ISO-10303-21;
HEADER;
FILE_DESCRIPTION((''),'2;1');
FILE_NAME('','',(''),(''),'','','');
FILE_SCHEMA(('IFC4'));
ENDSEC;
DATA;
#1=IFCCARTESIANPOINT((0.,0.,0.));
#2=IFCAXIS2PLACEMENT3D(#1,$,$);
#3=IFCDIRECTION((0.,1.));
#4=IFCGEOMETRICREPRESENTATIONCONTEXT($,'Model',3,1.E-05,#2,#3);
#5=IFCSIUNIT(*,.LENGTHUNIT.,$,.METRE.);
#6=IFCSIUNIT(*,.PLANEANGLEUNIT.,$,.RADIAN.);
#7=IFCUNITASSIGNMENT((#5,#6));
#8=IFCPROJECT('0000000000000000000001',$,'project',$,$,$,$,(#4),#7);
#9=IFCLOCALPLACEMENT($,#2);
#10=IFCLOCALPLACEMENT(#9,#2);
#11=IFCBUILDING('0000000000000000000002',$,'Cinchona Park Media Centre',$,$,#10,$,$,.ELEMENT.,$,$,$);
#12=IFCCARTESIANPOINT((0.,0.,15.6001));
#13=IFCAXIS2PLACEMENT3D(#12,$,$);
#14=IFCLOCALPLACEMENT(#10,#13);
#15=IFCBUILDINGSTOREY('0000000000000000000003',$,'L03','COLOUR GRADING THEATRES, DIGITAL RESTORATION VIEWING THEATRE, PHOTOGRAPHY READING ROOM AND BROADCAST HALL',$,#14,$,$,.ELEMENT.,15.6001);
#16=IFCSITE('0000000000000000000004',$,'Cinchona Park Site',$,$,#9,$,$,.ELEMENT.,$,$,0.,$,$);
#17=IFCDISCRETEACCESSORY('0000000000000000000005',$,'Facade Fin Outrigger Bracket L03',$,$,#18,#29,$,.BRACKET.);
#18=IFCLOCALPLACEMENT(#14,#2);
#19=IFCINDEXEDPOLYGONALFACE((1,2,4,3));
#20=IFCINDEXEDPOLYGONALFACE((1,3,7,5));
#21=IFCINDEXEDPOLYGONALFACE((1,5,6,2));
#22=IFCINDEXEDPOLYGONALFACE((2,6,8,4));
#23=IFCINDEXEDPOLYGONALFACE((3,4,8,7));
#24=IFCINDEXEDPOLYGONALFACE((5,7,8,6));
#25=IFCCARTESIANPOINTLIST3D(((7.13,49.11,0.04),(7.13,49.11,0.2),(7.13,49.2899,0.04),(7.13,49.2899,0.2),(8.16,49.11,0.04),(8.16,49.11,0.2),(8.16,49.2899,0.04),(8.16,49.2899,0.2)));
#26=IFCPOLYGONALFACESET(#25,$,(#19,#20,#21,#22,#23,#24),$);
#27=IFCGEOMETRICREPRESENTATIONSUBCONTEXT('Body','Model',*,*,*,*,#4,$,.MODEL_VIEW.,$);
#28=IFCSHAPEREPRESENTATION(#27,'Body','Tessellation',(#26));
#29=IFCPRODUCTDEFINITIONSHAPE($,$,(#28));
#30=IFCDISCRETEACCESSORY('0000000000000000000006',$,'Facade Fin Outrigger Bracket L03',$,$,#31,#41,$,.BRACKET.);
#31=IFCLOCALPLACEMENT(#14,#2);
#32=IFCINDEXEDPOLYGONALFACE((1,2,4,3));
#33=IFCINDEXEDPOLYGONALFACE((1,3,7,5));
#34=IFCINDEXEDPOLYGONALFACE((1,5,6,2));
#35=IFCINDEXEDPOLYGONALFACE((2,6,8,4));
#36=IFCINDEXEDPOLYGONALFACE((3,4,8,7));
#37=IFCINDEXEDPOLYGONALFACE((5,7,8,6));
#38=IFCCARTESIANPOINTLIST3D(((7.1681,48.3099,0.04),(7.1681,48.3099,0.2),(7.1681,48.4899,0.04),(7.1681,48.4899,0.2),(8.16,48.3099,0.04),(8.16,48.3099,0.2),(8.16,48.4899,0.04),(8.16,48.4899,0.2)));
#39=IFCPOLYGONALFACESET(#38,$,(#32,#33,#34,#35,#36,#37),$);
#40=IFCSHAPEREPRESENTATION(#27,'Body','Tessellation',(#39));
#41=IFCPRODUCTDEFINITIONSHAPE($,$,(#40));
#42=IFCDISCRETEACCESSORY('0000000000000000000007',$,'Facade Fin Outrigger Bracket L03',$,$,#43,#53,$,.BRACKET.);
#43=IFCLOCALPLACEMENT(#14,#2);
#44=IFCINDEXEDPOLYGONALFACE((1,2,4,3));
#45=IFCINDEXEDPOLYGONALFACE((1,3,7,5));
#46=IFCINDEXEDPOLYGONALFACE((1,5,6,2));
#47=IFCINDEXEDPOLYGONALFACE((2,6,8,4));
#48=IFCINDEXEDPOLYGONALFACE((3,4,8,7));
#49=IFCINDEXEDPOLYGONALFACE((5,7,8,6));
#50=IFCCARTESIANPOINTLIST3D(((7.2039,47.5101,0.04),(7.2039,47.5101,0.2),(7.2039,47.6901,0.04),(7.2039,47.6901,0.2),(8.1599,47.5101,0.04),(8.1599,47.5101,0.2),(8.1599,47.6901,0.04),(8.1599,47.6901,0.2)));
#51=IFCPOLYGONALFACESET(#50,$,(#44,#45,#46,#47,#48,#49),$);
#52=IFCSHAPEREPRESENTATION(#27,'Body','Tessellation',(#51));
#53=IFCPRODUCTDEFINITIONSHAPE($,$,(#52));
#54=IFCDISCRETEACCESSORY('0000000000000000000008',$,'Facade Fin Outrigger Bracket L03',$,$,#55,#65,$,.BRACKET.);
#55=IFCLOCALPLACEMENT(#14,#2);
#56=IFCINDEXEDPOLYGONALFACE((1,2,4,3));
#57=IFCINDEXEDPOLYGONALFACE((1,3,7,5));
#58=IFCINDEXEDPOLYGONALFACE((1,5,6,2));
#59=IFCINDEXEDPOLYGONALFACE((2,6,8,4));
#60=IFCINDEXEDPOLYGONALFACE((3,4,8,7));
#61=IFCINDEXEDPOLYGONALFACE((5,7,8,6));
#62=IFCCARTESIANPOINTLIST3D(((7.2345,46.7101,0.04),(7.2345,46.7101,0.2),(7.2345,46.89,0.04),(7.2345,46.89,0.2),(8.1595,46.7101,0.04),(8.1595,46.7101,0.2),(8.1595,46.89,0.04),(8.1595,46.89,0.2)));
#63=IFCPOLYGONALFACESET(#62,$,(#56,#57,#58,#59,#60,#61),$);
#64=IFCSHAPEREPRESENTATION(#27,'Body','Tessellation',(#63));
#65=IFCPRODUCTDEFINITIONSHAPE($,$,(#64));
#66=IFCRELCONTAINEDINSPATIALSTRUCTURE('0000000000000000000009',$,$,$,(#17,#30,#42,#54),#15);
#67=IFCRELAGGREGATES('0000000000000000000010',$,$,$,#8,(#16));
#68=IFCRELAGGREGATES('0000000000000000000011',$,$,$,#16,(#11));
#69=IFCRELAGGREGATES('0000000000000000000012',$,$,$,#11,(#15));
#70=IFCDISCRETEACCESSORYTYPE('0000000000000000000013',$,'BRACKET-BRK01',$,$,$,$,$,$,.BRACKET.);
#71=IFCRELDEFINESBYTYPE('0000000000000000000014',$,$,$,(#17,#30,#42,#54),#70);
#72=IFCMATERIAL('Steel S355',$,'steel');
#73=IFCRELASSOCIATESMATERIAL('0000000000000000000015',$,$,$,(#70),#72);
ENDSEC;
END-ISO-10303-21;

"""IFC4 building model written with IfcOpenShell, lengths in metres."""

from ifc_helpers import new_model, si_unit, direction, frame, origin, origin_2d, place, context, subcontext, project, spatial, rectangle, extrude, material, type_object, element, save


model = new_model("IFC4")

# Units and contexts
model_context = context("Model", 3, precision=1e-05, world=origin(), true_north=direction((0.0, 1.0)))
body_context = subcontext(model_context, "Body", "Model", "MODEL_VIEW")
ifc_project = project(units=[si_unit("LENGTHUNIT", "METRE"), si_unit("PLANEANGLEUNIT", "RADIAN")], contexts=[model_context])

# Site, building, storey
site_placement = place(None, origin())
site = spatial("IfcSite", under=ifc_project, at=site_placement, Name="Cinchona Park Site", CompositionType="ELEMENT", RefElevation=0.0)
building_placement = place(site_placement, origin())
building = spatial("IfcBuilding", under=site, at=building_placement, Name="Cinchona Park Media Centre", CompositionType="ELEMENT")
storey_placement = place(building_placement, frame((0.0, 0.0, 15.6001)))
storey = spatial("IfcBuildingStorey", under=building, at=storey_placement, Name="L03", Description="COLOUR GRADING THEATRES, DIGITAL RESTORATION VIEWING THEATRE, PHOTOGRAPHY READING ROOM AND BROADCAST HALL", CompositionType="ELEMENT", Elevation=15.6001)

# Discrete accessories
ifc_material_1 = material(Name="Steel S355", Category="steel")
discrete_accessory_type = type_object("IfcDiscreteAccessoryType", Name="BRACKET-BRK01", PredefinedType="BRACKET", material=ifc_material_1)
discrete_accessory_1_placement = place(storey_placement, frame((7.645, 49.2, 0.04), z_axis=(0.0, 0.0, 1.0), x_axis=(0.0, -1.0, 0.0)))
element("IfcDiscreteAccessory", 1, at=discrete_accessory_1_placement, inside=storey, type_object=discrete_accessory_type, Name="Facade Fin Outrigger Bracket L03", PredefinedType="BRACKET", context=body_context, shape_type="SweptSolid", body=[
    extrude(rectangle(XDim=0.1799, YDim=1.03, at=origin_2d()), origin(), (0.0, 0.0, 1.0), 0.1599),
])
discrete_accessory_2_placement = place(storey_placement, frame((7.6641, 48.3999, 0.04), z_axis=(0.0, 0.0, 1.0), x_axis=(0.0, -1.0, 0.0)))
element("IfcDiscreteAccessory", 2, at=discrete_accessory_2_placement, inside=storey, type_object=discrete_accessory_type, Name="Facade Fin Outrigger Bracket L03", PredefinedType="BRACKET", context=body_context, shape_type="SweptSolid", body=[
    extrude(rectangle(XDim=0.1799, YDim=0.9919, at=origin_2d()), origin(), (0.0, 0.0, 1.0), 0.1599),
])
discrete_accessory_3_placement = place(storey_placement, frame((7.6819, 47.6001, 0.04), z_axis=(0.0, 0.0, 1.0), x_axis=(0.0, -1.0, 0.0)))
element("IfcDiscreteAccessory", 3, at=discrete_accessory_3_placement, inside=storey, type_object=discrete_accessory_type, Name="Facade Fin Outrigger Bracket L03", PredefinedType="BRACKET", context=body_context, shape_type="SweptSolid", body=[
    extrude(rectangle(XDim=0.1799, YDim=0.9561, at=origin_2d()), origin(), (0.0, 0.0, 1.0), 0.1599),
])
discrete_accessory_4_placement = place(storey_placement, frame((7.697, 46.8, 0.04), z_axis=(0.0, 0.0, 1.0), x_axis=(0.0, -1.0, 0.0)))
element("IfcDiscreteAccessory", 4, at=discrete_accessory_4_placement, inside=storey, type_object=discrete_accessory_type, Name="Facade Fin Outrigger Bracket L03", PredefinedType="BRACKET", context=body_context, shape_type="SweptSolid", body=[
    extrude(rectangle(XDim=0.1799, YDim=0.925, at=origin_2d()), origin(), (0.0, 0.0, 1.0), 0.1599),
])

save(model, "model.ifc")
